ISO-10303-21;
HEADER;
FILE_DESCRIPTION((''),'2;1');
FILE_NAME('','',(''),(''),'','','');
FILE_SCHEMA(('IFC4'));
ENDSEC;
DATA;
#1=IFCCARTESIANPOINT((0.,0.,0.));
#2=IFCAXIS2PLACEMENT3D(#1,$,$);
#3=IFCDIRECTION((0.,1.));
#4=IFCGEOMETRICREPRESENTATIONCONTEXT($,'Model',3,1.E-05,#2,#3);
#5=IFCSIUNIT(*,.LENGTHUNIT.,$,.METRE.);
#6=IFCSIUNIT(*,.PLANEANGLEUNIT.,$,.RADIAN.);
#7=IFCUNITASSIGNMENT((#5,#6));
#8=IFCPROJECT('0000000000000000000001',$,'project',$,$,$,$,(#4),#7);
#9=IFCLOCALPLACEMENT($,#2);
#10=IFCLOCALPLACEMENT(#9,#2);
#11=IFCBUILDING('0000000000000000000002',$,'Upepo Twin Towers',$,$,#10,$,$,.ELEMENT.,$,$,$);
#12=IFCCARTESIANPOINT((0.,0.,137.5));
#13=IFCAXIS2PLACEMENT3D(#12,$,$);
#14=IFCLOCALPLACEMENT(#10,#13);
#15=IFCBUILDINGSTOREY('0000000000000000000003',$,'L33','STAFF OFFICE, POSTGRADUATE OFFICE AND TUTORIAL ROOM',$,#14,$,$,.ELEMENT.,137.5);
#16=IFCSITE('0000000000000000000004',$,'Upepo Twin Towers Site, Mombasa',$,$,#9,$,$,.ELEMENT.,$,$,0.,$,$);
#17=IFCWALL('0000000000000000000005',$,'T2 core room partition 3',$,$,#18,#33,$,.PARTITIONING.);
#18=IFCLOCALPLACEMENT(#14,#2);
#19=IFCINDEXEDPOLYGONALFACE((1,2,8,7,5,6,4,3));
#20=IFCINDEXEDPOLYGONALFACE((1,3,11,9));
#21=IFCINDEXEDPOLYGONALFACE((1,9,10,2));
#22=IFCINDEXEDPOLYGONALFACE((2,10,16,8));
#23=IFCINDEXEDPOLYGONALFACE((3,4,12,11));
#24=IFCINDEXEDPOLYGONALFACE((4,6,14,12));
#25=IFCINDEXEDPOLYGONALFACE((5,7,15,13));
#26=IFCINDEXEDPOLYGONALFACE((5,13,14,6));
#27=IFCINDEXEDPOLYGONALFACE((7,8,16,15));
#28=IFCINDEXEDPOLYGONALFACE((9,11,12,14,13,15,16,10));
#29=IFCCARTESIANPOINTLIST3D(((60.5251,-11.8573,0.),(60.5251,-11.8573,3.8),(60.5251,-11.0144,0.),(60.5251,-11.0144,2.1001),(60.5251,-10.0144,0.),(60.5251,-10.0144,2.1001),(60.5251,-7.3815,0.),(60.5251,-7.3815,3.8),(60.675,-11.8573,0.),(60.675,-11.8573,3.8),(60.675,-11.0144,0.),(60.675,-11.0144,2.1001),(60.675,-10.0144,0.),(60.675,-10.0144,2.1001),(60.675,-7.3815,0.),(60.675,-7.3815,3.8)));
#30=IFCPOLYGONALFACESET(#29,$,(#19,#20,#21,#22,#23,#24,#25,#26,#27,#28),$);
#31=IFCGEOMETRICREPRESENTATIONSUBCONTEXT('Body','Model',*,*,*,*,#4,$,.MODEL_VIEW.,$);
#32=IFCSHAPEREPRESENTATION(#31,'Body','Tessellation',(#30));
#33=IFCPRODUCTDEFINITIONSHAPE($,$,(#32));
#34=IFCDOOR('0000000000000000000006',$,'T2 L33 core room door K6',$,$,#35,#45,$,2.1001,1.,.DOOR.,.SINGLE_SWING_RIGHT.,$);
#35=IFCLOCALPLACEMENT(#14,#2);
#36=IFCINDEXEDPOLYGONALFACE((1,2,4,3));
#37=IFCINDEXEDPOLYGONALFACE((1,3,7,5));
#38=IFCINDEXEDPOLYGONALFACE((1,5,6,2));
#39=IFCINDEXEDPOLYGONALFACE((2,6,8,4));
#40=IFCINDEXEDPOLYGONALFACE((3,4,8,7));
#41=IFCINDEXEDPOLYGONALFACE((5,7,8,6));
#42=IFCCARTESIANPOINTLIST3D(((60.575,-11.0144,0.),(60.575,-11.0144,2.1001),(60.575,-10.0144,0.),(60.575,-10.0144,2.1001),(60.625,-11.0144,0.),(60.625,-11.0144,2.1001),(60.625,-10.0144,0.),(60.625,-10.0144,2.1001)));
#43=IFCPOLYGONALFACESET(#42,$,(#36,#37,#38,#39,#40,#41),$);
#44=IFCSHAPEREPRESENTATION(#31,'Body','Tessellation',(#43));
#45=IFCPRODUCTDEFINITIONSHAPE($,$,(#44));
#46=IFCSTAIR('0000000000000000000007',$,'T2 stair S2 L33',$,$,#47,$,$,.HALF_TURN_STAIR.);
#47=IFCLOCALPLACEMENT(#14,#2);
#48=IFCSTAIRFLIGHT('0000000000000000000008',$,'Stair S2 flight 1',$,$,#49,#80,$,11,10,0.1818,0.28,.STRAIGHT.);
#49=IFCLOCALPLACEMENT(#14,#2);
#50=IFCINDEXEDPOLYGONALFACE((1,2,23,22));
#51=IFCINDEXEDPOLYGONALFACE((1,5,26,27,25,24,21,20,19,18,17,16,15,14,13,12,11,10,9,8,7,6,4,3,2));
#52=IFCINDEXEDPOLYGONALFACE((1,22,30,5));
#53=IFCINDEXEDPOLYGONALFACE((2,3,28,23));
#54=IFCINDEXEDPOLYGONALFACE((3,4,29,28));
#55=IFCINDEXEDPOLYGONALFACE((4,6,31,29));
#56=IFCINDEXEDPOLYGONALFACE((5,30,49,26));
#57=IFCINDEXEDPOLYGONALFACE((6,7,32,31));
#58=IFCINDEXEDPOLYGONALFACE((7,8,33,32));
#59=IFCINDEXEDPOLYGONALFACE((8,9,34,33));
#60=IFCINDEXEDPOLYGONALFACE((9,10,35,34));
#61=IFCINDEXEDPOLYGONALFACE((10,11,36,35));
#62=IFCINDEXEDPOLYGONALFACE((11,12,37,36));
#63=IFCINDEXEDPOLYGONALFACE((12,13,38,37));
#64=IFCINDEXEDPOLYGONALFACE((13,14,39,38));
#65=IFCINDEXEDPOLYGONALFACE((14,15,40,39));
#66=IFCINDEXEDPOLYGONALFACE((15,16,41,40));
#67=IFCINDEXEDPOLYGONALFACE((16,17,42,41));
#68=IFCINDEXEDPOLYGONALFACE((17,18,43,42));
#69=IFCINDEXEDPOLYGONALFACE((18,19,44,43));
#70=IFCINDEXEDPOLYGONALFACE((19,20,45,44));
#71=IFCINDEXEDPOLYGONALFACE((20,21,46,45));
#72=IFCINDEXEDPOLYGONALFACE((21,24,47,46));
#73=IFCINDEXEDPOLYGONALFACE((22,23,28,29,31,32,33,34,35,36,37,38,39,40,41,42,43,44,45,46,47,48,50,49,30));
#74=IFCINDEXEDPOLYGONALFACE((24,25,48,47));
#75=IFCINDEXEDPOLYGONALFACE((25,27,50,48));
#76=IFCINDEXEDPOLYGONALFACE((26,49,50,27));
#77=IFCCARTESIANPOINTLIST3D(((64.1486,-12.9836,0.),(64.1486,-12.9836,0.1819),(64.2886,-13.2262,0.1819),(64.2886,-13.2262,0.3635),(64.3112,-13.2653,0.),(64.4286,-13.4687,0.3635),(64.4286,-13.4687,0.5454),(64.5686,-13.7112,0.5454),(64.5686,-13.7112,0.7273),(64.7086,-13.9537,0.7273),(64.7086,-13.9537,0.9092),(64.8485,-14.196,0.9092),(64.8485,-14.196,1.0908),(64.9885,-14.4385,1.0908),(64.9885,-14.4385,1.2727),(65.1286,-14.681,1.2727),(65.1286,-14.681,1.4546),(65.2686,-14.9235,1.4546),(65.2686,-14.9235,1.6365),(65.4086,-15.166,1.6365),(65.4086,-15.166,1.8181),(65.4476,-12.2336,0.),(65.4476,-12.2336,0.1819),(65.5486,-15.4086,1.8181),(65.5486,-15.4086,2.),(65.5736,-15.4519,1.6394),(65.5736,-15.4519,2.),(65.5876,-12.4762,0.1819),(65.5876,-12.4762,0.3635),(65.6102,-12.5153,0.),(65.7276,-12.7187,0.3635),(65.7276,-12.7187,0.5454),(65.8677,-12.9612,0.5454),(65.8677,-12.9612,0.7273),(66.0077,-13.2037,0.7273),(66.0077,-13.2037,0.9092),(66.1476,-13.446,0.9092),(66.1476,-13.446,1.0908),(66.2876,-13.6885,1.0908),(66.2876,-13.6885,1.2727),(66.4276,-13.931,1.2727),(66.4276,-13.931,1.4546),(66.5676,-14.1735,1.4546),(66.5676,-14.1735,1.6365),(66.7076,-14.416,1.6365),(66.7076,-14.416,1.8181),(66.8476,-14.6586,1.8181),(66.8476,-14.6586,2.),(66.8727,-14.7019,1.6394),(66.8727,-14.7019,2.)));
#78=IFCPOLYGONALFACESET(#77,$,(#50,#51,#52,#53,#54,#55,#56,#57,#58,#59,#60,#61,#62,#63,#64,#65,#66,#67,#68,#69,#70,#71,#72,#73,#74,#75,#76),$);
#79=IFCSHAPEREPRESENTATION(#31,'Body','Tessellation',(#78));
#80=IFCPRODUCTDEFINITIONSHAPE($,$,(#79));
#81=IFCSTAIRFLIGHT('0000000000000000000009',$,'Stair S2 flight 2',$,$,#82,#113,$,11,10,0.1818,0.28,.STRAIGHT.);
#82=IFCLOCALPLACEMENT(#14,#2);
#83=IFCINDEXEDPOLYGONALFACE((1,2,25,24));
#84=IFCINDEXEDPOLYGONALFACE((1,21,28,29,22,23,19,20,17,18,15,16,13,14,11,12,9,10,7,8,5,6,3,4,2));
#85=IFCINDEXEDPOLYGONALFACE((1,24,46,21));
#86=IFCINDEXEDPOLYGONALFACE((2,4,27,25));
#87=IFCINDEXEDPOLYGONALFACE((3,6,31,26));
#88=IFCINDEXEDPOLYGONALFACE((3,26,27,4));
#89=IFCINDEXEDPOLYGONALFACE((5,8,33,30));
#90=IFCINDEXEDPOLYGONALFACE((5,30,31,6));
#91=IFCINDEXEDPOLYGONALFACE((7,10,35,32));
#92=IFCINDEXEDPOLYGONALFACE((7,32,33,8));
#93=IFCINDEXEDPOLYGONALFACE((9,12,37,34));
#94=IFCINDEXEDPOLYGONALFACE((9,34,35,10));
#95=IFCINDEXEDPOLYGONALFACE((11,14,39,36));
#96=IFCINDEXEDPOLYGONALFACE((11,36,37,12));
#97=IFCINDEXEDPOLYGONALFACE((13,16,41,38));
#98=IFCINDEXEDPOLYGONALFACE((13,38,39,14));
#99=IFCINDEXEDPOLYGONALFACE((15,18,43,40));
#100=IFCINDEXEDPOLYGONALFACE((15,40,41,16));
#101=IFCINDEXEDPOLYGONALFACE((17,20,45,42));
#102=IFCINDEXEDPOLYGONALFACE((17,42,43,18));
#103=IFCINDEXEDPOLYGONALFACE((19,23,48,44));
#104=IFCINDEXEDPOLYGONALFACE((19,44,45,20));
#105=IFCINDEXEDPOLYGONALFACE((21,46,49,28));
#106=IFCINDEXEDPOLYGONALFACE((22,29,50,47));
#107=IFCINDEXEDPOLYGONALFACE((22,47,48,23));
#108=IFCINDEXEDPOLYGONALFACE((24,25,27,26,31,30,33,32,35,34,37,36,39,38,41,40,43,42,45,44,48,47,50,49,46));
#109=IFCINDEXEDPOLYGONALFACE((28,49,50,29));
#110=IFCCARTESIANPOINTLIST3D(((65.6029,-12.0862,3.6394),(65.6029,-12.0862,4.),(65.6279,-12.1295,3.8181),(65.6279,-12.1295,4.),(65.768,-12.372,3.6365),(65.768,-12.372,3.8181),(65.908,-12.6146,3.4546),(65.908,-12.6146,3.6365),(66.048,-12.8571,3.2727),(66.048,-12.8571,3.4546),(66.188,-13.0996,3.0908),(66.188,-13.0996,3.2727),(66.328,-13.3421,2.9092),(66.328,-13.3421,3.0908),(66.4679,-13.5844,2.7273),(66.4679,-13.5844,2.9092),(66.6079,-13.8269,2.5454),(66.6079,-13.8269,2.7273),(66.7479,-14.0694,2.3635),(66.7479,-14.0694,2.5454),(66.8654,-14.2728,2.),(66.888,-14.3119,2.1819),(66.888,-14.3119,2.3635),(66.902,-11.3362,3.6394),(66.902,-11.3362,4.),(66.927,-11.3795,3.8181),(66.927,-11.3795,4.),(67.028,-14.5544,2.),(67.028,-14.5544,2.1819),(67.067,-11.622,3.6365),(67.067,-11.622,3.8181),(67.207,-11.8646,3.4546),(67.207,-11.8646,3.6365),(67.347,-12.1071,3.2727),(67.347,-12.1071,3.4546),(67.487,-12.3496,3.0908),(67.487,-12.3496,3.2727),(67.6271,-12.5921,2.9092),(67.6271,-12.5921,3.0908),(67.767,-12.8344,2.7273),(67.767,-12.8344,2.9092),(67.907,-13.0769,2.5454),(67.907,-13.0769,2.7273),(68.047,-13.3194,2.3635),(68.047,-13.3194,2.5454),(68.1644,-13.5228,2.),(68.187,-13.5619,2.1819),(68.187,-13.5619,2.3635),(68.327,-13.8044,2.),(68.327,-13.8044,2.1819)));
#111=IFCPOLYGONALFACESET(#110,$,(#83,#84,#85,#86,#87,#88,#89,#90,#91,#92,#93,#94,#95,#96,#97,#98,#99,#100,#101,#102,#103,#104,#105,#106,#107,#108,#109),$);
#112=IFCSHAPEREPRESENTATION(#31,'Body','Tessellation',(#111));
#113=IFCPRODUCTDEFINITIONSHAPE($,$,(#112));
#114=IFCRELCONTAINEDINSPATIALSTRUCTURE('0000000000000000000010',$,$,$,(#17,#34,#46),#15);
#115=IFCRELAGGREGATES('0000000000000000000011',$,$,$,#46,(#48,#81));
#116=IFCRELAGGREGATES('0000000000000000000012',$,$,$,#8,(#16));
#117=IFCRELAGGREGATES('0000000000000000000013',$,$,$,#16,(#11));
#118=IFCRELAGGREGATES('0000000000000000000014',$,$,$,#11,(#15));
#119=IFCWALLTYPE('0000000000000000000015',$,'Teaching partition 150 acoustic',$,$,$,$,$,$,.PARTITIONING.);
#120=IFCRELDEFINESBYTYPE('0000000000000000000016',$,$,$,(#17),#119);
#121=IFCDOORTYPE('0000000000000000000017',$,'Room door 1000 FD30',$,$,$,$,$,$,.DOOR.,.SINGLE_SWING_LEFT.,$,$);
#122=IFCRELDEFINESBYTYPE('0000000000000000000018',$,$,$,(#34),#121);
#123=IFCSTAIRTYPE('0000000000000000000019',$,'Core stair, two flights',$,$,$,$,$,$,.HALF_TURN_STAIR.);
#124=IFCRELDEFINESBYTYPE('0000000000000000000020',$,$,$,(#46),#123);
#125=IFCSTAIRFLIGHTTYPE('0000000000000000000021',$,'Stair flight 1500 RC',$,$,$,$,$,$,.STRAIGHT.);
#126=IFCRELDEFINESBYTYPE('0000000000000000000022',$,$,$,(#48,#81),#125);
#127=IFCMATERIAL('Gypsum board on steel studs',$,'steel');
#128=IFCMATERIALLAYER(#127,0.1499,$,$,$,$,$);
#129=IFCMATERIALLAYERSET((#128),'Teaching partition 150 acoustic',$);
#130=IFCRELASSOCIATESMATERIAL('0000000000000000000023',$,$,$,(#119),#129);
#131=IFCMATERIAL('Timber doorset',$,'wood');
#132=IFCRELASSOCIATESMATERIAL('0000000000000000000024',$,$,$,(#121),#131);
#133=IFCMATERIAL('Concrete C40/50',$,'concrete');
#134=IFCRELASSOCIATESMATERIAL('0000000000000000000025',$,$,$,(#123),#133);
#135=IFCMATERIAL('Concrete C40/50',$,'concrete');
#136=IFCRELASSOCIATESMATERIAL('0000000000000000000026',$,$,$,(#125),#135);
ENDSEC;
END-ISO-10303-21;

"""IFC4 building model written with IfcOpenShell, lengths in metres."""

from ifc_helpers import new_model, si_unit, direction, frame, frame_2d, origin, place, context, subcontext, project, spatial, polyline, rectangle, outline, extrude, material, layer, layer_set, type_object, element, fill, aggregate, save


model = new_model("IFC4")

# Units and contexts
model_context = context("Model", 3, precision=1e-05, world=origin(), true_north=direction((0.0, 1.0)))
body_context = subcontext(model_context, "Body", "Model", "MODEL_VIEW")
ifc_project = project(units=[si_unit("LENGTHUNIT", "METRE"), si_unit("PLANEANGLEUNIT", "RADIAN")], contexts=[model_context])

# Site, building, storey
site_placement = place(None, origin())
site = spatial("IfcSite", under=ifc_project, at=site_placement, Name="Upepo Twin Towers Site, Mombasa", CompositionType="ELEMENT", RefElevation=0.0)
building_placement = place(site_placement, origin())
building = spatial("IfcBuilding", under=site, at=building_placement, Name="Upepo Twin Towers", CompositionType="ELEMENT")
storey_placement = place(building_placement, frame((0.0, 0.0, 137.5)))
storey = spatial("IfcBuildingStorey", under=building, at=storey_placement, Name="L33", Description="STAFF OFFICE, POSTGRADUATE OFFICE AND TUTORIAL ROOM", CompositionType="ELEMENT", Elevation=137.5)

# Wall, opening, door
ifc_material_1 = material(Name="Gypsum board on steel studs", Category="steel")
ifc_layer_1 = layer(ifc_material_1, 0.1499)
ifc_layer_set_1 = layer_set([ifc_layer_1], Name="Teaching partition 150 acoustic")
wall_type_1 = type_object("IfcWallType", Name="Teaching partition 150 acoustic", PredefinedType="PARTITIONING", material=ifc_layer_set_1)
ifc_material_2 = material(Name="Timber doorset", Category="wood")
door_type_1 = type_object("IfcDoorType", Name="Room door 1000 FD30", OperationType="SINGLE_SWING_LEFT", PredefinedType="DOOR", material=ifc_material_2)
wall_1_placement = place(storey_placement, frame((60.6001, -7.3816, 0.0), z_axis=(0.0, 0.0, 1.0), x_axis=(0.0, -1.0, 0.0)))
wall_1 = element("IfcWall", 1, at=wall_1_placement, inside=storey, type_object=wall_type_1, Name="T2 core room partition 3", PredefinedType="PARTITIONING", context=body_context, shape_type="SweptSolid", body=[
    extrude(rectangle(XDim=4.4758, YDim=0.1499, at=frame_2d((2.2378, 0.0))), origin(), (0.0, 0.0, 1.0), 3.8),
])
opening_1_placement = place(wall_1_placement, frame((2.6328, 0.0, 0.0)))
opening_1 = element("IfcOpeningElement", 2, at=opening_1_placement, cuts=wall_1, PredefinedType="OPENING", context=body_context, shape_type="SweptSolid", body=[
    extrude(rectangle(XDim=1.0, YDim=2.1001, at=frame_2d((0.5, 1.05))), frame((0.0, 0.085, 0.0), z_axis=(0.0, -1.0, 0.0), x_axis=(1.0, 0.0, 0.0)), (0.0, 0.0, 1.0), 0.1699),
])
door_1_placement = place(opening_1_placement, origin())
door_1 = element("IfcDoor", 3, at=door_1_placement, inside=storey, type_object=door_type_1, Name="T2 L33 core room door K6", OperationType="SINGLE_SWING_RIGHT", OverallHeight=2.1001, OverallWidth=1.0, PredefinedType="DOOR", context=body_context, shape_type="SweptSolid", body=[
    extrude(rectangle(XDim=1.0, YDim=2.1001, at=frame_2d((0.5, 1.05))), frame((0.0, 0.0249, 0.0), z_axis=(0.0, -1.0, 0.0), x_axis=(1.0, 0.0, 0.0)), (0.0, 0.0, 1.0), 0.05),
])
fill(opening_1, door_1)

# Stair, stair flights
ifc_material_3 = material(Name="Concrete C40/50", Category="concrete")
stair_type = type_object("IfcStairType", Name="Core stair, two flights", PredefinedType="HALF_TURN_STAIR", material=ifc_material_3)
stair_placement = place(storey_placement, origin())
stair = element("IfcStair", 4, at=stair_placement, inside=storey, type_object=stair_type, Name="T2 stair S2 L33", PredefinedType="HALF_TURN_STAIR")
ifc_material_4 = material(Name="Concrete C40/50", Category="concrete")
stair_flight_type = type_object("IfcStairFlightType", Name="Stair flight 1500 RC", PredefinedType="STRAIGHT", material=ifc_material_4)
stair_flight_1_placement = place(storey_placement, frame((64.7981, -12.6086, 0.0), z_axis=(0.0, 0.0, 1.0), x_axis=(0.5, -0.866025, 0.0)))
stair_flight_1 = element("IfcStairFlight", 5, at=stair_flight_1_placement, type_object=stair_flight_type, Name="Stair S2 flight 1", NumberOfRisers=11, NumberOfTreads=10, PredefinedType="STRAIGHT", RiserHeight=0.1818, TreadLength=0.28, context=body_context, shape_type="SweptSolid", body=[
    extrude(outline(polyline([(0.0, 0.0), (0.0, 0.1819), (0.28, 0.1819), (0.28, 0.3635), (0.5601, 0.3635), (0.5601, 0.5454), (0.8401, 0.5454), (0.8401, 0.7273), (1.1201, 0.7273), (1.1201, 0.9092), (1.3999, 0.9092), (1.3999, 1.0908), (1.6799, 1.0908), (1.6799, 1.2727), (1.96, 1.2727), (1.96, 1.4546), (2.24, 1.4546), (2.24, 1.6365), (2.52, 1.6365), (2.52, 1.8181), (2.8, 1.8181), (2.8, 2.0), (2.8501, 2.0), (2.8501, 1.6394), (0.3252, 0.0), (0.0, 0.0)])), frame((0.0, 0.75, 0.0), z_axis=(0.0, -1.0, 0.0), x_axis=(1.0, 0.0, 0.0)), (0.0, 0.0, 1.0), 1.5),
])
stair_flight_2_placement = place(storey_placement, frame((67.6775, -14.1794, 2.0), z_axis=(0.0, 0.0, 1.0), x_axis=(-0.5, 0.866025, 0.0)))
stair_flight_2 = element("IfcStairFlight", 6, at=stair_flight_2_placement, type_object=stair_flight_type, Name="Stair S2 flight 2", NumberOfRisers=11, NumberOfTreads=10, PredefinedType="STRAIGHT", RiserHeight=0.1818, TreadLength=0.28, context=body_context, shape_type="SweptSolid", body=[
    extrude(outline(polyline([(0.0, 0.0), (0.0, 0.1819), (0.28, 0.1819), (0.28, 0.3635), (0.5601, 0.3635), (0.5601, 0.5454), (0.8401, 0.5454), (0.8401, 0.7273), (1.1201, 0.7273), (1.1201, 0.9092), (1.3999, 0.9092), (1.3999, 1.0908), (1.6799, 1.0908), (1.6799, 1.2727), (1.96, 1.2727), (1.96, 1.4546), (2.24, 1.4546), (2.24, 1.6365), (2.52, 1.6365), (2.52, 1.8181), (2.8, 1.8181), (2.8, 2.0), (2.8501, 2.0), (2.8501, 1.6394), (0.3252, 0.0), (0.0, 0.0)])), frame((0.0, 0.75, 0.0), z_axis=(0.0, -1.0, 0.0), x_axis=(1.0, 0.0, 0.0)), (0.0, 0.0, 1.0), 1.5),
])
aggregate(stair, [stair_flight_1, stair_flight_2])

save(model, "model.ifc")
